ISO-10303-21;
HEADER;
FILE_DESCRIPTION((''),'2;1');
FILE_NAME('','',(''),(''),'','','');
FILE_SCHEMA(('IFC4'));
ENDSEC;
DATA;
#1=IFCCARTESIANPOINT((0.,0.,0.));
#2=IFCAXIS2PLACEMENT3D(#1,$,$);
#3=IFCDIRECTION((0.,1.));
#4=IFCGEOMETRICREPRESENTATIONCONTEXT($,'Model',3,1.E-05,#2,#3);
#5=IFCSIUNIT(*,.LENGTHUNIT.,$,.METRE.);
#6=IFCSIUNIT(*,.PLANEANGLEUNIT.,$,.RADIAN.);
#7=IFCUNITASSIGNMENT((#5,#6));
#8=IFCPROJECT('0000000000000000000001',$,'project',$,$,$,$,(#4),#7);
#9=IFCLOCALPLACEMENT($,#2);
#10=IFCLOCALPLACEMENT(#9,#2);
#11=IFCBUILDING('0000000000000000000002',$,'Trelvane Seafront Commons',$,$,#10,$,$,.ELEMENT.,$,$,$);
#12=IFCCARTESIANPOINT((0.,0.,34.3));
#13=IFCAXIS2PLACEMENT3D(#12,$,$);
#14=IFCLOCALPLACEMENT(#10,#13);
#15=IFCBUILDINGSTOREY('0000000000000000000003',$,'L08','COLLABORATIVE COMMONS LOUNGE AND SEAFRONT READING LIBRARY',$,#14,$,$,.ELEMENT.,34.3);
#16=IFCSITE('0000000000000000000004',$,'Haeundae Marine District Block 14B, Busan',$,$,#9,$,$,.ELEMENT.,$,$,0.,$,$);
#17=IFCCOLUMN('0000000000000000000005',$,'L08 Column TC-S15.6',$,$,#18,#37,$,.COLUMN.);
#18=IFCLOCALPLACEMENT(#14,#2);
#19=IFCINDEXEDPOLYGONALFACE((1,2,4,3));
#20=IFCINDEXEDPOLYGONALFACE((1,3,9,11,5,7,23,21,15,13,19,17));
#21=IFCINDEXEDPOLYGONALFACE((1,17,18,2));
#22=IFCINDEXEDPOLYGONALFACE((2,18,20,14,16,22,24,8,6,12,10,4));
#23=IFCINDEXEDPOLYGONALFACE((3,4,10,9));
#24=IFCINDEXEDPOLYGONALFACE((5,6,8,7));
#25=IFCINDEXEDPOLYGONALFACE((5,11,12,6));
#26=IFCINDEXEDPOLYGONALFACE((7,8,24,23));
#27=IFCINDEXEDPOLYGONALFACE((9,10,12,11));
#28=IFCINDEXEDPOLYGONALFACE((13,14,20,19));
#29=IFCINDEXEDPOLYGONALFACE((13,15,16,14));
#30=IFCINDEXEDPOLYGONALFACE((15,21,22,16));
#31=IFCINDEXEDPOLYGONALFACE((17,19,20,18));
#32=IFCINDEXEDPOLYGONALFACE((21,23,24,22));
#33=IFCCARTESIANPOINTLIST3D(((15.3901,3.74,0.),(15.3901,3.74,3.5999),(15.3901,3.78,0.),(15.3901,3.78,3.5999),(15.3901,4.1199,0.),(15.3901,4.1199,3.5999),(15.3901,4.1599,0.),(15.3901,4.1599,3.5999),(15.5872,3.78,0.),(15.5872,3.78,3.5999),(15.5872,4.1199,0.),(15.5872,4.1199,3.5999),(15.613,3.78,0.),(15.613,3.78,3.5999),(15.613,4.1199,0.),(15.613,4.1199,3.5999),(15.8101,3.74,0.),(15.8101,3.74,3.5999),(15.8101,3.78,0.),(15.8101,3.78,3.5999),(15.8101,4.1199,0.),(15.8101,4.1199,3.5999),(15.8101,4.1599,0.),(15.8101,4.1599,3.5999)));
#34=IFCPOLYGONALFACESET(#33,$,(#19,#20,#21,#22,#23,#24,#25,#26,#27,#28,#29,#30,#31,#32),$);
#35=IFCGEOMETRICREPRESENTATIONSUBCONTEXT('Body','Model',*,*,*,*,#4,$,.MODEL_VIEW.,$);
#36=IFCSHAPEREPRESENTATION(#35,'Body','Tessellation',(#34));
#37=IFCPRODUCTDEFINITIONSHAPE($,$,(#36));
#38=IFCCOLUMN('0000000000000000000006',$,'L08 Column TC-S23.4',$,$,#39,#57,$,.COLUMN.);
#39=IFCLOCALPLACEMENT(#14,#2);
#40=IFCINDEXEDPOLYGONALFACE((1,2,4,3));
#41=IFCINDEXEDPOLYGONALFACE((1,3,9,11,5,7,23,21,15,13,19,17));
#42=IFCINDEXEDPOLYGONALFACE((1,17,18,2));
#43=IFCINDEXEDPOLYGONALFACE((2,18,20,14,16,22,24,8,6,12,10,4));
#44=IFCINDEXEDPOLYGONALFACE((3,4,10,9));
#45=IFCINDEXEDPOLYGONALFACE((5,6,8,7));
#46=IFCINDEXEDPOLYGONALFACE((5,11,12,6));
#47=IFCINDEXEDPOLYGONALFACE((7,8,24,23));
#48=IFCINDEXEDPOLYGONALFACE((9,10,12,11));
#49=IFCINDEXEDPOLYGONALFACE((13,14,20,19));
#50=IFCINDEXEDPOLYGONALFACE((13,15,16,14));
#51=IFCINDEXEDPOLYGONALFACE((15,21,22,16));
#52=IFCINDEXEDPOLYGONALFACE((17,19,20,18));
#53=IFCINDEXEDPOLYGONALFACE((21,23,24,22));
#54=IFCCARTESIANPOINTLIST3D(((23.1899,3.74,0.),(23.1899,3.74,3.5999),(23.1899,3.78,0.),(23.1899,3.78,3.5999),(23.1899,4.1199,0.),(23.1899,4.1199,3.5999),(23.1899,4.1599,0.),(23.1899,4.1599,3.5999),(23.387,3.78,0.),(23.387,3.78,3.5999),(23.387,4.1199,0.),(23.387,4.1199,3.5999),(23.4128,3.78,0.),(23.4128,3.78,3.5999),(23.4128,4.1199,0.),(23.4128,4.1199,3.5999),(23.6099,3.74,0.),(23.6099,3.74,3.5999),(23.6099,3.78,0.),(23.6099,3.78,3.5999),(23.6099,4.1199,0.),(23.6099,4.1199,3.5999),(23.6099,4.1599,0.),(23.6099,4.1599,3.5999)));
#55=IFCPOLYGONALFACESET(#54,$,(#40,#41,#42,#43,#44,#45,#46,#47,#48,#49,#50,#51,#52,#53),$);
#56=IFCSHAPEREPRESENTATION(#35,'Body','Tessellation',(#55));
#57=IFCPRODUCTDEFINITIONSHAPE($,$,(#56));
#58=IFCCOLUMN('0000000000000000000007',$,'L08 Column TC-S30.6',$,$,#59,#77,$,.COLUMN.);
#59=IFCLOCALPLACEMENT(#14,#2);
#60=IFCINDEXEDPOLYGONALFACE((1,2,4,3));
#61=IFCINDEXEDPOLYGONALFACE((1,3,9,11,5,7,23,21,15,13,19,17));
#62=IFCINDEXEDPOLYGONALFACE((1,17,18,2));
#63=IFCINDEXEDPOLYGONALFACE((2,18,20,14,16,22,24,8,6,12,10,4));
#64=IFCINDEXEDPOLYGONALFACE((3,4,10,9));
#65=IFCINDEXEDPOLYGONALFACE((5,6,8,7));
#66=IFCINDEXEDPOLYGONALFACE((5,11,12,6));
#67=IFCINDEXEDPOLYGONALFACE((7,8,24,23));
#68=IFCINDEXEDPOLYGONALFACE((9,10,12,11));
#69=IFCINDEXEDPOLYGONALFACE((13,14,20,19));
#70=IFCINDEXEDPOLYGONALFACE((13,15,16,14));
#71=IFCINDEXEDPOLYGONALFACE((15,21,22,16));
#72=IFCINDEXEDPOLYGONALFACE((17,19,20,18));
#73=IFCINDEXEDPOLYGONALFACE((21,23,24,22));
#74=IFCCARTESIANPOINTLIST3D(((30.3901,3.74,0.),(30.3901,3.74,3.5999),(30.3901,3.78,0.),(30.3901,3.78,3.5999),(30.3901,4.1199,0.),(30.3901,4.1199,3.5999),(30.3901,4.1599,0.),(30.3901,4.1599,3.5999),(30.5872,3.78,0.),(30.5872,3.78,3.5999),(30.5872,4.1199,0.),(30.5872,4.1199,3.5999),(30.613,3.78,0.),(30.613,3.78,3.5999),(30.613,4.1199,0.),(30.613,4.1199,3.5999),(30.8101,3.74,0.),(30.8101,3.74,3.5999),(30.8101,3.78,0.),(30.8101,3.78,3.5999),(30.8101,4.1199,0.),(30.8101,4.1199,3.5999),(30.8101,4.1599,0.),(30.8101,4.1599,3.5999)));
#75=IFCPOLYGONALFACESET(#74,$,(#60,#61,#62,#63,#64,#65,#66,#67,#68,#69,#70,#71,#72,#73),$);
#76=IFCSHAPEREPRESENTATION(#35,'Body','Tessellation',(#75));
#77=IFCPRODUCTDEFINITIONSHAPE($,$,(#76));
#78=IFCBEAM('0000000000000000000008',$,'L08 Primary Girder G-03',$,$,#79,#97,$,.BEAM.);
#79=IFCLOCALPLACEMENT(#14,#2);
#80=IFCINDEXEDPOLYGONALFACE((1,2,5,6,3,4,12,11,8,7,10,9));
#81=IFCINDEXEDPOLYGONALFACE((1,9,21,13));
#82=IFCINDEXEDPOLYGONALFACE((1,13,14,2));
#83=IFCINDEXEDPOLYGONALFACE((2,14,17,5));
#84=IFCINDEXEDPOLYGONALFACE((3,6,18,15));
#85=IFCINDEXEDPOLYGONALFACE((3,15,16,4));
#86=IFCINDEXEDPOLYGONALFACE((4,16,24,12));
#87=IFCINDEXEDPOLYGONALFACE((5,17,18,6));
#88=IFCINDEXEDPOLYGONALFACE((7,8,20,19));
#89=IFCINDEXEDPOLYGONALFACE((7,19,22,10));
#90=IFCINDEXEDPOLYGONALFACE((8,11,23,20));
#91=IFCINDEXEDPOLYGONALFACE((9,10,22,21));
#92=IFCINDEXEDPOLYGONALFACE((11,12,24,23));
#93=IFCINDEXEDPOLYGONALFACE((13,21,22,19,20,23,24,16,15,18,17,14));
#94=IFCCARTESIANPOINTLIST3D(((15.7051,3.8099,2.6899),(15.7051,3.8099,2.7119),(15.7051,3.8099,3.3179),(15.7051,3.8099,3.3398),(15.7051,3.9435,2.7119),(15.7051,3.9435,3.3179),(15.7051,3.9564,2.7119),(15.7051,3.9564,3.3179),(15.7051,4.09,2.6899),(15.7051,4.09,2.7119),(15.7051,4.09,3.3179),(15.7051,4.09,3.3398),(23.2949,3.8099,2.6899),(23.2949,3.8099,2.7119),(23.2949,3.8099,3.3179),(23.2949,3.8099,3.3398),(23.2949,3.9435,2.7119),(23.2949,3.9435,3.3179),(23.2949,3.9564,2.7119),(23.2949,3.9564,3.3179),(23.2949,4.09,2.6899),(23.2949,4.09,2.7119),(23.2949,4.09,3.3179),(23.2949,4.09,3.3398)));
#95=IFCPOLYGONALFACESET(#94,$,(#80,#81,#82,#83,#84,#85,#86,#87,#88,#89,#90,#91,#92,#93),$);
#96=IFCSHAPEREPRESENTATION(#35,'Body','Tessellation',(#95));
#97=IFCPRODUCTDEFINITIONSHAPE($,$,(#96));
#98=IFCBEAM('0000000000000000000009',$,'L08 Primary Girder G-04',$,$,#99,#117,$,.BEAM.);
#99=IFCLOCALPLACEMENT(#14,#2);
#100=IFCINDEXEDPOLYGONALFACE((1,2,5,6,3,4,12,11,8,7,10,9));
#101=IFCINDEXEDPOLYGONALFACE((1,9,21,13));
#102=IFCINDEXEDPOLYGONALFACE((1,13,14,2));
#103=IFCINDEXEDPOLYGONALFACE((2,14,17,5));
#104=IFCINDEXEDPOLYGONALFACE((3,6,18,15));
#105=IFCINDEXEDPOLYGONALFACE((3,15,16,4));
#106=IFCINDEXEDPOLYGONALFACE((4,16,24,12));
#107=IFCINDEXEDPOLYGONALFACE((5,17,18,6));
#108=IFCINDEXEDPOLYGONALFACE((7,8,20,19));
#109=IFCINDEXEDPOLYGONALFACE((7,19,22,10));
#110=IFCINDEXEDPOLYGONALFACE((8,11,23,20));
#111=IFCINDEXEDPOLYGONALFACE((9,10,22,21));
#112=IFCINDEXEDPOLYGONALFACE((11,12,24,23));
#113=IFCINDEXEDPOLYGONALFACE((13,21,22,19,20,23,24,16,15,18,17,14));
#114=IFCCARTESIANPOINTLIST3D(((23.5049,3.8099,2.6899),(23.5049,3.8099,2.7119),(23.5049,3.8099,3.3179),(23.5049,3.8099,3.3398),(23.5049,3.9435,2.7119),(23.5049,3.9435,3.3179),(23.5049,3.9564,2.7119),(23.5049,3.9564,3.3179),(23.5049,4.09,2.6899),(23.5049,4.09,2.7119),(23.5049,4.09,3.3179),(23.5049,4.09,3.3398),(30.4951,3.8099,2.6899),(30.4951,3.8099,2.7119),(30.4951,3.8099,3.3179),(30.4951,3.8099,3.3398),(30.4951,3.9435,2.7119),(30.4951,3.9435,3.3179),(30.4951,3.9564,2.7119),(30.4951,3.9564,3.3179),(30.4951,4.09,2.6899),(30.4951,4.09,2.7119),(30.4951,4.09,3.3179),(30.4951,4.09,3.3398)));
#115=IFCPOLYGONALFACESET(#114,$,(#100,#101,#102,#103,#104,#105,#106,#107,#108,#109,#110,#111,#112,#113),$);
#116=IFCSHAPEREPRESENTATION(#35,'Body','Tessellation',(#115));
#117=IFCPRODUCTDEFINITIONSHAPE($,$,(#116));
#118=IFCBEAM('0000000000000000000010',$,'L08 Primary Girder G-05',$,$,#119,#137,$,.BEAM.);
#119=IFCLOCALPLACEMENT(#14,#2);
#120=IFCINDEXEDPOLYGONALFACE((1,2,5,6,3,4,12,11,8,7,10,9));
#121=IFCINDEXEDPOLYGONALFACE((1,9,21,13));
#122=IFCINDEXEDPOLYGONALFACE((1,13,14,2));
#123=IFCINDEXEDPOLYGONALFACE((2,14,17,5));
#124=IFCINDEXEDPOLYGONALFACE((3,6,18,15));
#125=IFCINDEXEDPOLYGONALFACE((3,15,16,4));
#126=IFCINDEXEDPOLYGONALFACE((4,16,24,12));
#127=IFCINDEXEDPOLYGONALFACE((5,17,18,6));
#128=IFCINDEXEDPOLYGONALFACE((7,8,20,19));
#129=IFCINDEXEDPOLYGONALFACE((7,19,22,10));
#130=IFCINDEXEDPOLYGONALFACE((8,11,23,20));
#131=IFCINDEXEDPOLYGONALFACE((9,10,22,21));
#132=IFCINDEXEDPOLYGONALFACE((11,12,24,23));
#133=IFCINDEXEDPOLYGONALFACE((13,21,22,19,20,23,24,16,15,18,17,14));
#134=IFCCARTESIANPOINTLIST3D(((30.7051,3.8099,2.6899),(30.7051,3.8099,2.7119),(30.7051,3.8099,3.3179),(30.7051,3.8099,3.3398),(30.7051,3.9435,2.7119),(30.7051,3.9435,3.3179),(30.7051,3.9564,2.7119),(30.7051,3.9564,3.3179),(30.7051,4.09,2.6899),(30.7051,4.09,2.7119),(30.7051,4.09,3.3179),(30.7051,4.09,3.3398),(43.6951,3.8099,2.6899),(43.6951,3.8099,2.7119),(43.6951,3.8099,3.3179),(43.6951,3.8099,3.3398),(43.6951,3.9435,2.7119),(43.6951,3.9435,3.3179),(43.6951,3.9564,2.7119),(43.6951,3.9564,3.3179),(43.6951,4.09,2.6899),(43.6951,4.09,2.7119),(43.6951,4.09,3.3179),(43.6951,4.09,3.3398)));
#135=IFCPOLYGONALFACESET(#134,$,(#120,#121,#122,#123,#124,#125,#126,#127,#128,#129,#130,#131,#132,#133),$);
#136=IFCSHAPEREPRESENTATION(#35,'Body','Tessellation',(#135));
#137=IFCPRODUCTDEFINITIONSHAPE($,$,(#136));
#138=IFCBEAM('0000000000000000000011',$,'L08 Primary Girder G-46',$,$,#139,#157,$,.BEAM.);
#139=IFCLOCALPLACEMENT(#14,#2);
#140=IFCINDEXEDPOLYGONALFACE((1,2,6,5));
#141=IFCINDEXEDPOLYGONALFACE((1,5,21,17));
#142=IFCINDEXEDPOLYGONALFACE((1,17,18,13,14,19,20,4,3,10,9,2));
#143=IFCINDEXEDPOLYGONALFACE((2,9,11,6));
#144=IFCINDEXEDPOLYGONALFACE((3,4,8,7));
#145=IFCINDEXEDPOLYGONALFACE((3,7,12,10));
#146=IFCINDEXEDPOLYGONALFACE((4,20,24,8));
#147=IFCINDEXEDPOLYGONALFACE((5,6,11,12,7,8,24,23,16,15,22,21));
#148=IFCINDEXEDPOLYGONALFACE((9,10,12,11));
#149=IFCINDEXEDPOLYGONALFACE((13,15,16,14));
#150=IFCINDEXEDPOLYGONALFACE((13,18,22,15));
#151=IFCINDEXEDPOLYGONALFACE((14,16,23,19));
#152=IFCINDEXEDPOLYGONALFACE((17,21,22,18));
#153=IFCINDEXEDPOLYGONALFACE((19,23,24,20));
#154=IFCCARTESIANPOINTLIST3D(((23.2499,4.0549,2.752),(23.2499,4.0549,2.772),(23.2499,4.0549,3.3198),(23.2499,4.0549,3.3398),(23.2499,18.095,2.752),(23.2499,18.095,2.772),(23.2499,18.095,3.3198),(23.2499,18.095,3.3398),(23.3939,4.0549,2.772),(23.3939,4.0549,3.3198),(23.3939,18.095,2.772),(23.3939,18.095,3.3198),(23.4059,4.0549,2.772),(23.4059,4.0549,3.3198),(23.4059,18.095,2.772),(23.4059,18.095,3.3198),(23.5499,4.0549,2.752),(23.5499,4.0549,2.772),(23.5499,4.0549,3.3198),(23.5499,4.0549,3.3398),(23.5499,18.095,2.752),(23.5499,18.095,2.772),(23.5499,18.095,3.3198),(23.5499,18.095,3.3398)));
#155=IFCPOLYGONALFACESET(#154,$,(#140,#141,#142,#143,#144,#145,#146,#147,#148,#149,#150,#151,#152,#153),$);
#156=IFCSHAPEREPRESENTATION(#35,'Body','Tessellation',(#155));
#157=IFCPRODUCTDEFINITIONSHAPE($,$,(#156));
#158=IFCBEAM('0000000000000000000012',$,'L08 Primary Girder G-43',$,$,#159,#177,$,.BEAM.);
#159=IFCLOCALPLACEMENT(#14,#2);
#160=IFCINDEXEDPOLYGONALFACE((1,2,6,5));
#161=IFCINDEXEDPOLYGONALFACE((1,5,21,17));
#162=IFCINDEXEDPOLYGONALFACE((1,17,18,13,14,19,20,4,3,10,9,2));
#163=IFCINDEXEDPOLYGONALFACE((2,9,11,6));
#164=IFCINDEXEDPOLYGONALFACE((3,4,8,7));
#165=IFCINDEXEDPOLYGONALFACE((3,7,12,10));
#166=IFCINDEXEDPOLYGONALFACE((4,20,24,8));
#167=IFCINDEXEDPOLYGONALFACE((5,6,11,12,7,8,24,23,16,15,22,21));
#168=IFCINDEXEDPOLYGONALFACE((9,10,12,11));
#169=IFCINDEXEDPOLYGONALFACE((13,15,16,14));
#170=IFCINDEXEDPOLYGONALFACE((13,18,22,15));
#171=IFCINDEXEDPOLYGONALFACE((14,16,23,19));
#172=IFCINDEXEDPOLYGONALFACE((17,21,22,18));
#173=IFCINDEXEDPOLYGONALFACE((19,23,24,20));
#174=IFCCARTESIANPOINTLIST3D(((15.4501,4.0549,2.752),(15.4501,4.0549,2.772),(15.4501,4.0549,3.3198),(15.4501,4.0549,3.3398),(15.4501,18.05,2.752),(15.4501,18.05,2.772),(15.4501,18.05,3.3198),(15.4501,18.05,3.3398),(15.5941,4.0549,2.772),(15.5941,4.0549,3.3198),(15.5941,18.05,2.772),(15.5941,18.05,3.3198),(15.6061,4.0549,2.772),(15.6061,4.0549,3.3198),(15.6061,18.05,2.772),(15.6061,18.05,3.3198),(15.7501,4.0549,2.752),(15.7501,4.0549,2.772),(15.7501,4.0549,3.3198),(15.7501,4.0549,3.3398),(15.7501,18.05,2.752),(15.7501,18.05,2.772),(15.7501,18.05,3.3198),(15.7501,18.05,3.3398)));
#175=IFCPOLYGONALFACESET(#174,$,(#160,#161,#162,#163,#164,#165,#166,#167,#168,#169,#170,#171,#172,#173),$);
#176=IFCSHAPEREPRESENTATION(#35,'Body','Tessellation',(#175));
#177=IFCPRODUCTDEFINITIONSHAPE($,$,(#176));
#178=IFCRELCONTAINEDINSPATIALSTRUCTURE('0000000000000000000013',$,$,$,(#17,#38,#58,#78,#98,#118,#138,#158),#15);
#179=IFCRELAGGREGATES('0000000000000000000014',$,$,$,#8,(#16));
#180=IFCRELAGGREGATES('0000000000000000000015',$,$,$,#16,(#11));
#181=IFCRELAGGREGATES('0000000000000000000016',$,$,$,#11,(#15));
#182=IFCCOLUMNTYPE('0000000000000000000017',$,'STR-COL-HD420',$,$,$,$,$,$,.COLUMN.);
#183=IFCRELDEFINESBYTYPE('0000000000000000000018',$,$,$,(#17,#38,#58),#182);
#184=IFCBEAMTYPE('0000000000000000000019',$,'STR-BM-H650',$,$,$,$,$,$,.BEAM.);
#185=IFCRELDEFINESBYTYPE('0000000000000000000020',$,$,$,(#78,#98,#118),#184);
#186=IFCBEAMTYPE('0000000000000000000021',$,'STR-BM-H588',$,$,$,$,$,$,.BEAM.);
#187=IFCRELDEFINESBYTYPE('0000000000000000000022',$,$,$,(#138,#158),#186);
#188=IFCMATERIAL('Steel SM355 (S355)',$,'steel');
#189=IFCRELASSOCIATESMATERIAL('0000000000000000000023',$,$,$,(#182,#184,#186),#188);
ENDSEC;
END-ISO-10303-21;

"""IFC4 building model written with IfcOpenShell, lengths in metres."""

from ifc_helpers import new_model, si_unit, direction, frame, origin, origin_2d, place, context, subcontext, project, spatial, i_section, extrude, source, transform, mapped, material, material_profile, profile_set, type_object, element, save


model = new_model("IFC4")

# Units and contexts
model_context = context("Model", 3, precision=1e-05, world=origin(), true_north=direction((0.0, 1.0)))
body_context = subcontext(model_context, "Body", "Model", "MODEL_VIEW")
ifc_project = project(units=[si_unit("LENGTHUNIT", "METRE"), si_unit("PLANEANGLEUNIT", "RADIAN")], contexts=[model_context])

# Site, building, storey
site_placement = place(None, origin())
site = spatial("IfcSite", under=ifc_project, at=site_placement, Name="Haeundae Marine District Block 14B, Busan", CompositionType="ELEMENT", RefElevation=0.0)
building_placement = place(site_placement, origin())
building = spatial("IfcBuilding", under=site, at=building_placement, Name="Trelvane Seafront Commons", CompositionType="ELEMENT")
storey_placement = place(building_placement, frame((0.0, 0.0, 34.3)))
storey = spatial("IfcBuildingStorey", under=building, at=storey_placement, Name="L08", Description="COLLABORATIVE COMMONS LOUNGE AND SEAFRONT READING LIBRARY", CompositionType="ELEMENT", Elevation=34.3)

# Columns
ifc_material_1 = material(Name="Steel SM355 (S355)", Category="steel")
ifc_material_profile_1 = material_profile(ifc_material_1, i_section(OverallWidth=0.4199, OverallDepth=0.4199, WebThickness=0.0259, FlangeThickness=0.04, at=origin_2d()), Name="HD-420x420x26x40")
ifc_profile_set_1 = profile_set([ifc_material_profile_1], Name="Steel SM355 (S355)")
column_type = type_object("IfcColumnType", Name="STR-COL-HD420", PredefinedType="COLUMN", material=ifc_profile_set_1)
shared_shape_1 = source(origin(), body_context, "Body", "SweptSolid", [
    extrude(i_section(OverallWidth=0.4199, OverallDepth=0.4199, WebThickness=0.0259, FlangeThickness=0.04, at=origin_2d()), origin(), (0.0, 0.0, 1.0), 3.5999),
])
for number, where, z_axis, x_axis, name in (
    (1, (15.6001, 3.95, 0.0), (0.0, 0.0, 1.0), (1.0, 0.0, 0.0), "L08 Column TC-S15.6"),
    (2, (23.3999, 3.95, 0.0), (0.0, 0.0, 1.0), (1.0, 0.0, 0.0), "L08 Column TC-S23.4"),
    (3, (30.6001, 3.95, 0.0), (0.0, 0.0, 1.0), (1.0, 0.0, 0.0), "L08 Column TC-S30.6"),
):
    element("IfcColumn", number, at=place(storey_placement, frame(where, z_axis=z_axis, x_axis=x_axis)), inside=storey, type_object=column_type, Name=name, PredefinedType="COLUMN", context=body_context, shape_type="MappedRepresentation", body=[
        mapped(shared_shape_1, transform((0.0, 0.0, 0.0), x_axis=(1.0, 0.0, 0.0), y_axis=(0.0, 1.0, 0.0), z_axis=(0.0, 0.0, 1.0), scale=1.0)),
    ])

# Beams
ifc_material_profile_2 = material_profile(ifc_material_1, i_section(OverallWidth=0.28, OverallDepth=0.6499, WebThickness=0.0129, FlangeThickness=0.022, at=origin_2d()), Name="H-650x280x13x22")
ifc_profile_set_2 = profile_set([ifc_material_profile_2], Name="Steel SM355 (S355)")
beam_type_1 = type_object("IfcBeamType", Name="STR-BM-H650", PredefinedType="BEAM", material=ifc_profile_set_2)
shared_shape_2 = source(origin(), body_context, "Body", "SweptSolid", [
    extrude(i_section(OverallWidth=0.28, OverallDepth=0.6499, WebThickness=0.0129, FlangeThickness=0.022, at=origin_2d()), origin(), (0.0, 0.0, 1.0), 7.5898),
])
beam_1_placement = place(storey_placement, frame((15.7051, 3.95, 3.0149), z_axis=(1.0, 0.0, 0.0), x_axis=(0.0, 1.0, 0.0)))
element("IfcBeam", 4, at=beam_1_placement, inside=storey, type_object=beam_type_1, Name="L08 Primary Girder G-03", PredefinedType="BEAM", context=body_context, shape_type="MappedRepresentation", body=[
    mapped(shared_shape_2, transform((0.0, 0.0, 0.0), x_axis=(1.0, 0.0, 0.0), y_axis=(0.0, 1.0, 0.0), z_axis=(0.0, 0.0, 1.0), scale=1.0)),
])
shared_shape_3 = source(origin(), body_context, "Body", "SweptSolid", [
    extrude(i_section(OverallWidth=0.28, OverallDepth=0.6499, WebThickness=0.0129, FlangeThickness=0.022, at=origin_2d()), origin(), (0.0, 0.0, 1.0), 6.9902),
])
beam_2_placement = place(storey_placement, frame((23.5049, 3.95, 3.0149), z_axis=(1.0, 0.0, 0.0), x_axis=(0.0, 1.0, 0.0)))
element("IfcBeam", 5, at=beam_2_placement, inside=storey, type_object=beam_type_1, Name="L08 Primary Girder G-04", PredefinedType="BEAM", context=body_context, shape_type="MappedRepresentation", body=[
    mapped(shared_shape_3, transform((0.0, 0.0, 0.0), x_axis=(1.0, 0.0, 0.0), y_axis=(0.0, 1.0, 0.0), z_axis=(0.0, 0.0, 1.0), scale=1.0)),
])
shared_shape_4 = source(origin(), body_context, "Body", "SweptSolid", [
    extrude(i_section(OverallWidth=0.28, OverallDepth=0.6499, WebThickness=0.0129, FlangeThickness=0.022, at=origin_2d()), origin(), (0.0, 0.0, 1.0), 12.99),
])
beam_3_placement = place(storey_placement, frame((30.7051, 3.95, 3.0149), z_axis=(1.0, 0.0, 0.0), x_axis=(0.0, 1.0, 0.0)))
element("IfcBeam", 6, at=beam_3_placement, inside=storey, type_object=beam_type_1, Name="L08 Primary Girder G-05", PredefinedType="BEAM", context=body_context, shape_type="MappedRepresentation", body=[
    mapped(shared_shape_4, transform((0.0, 0.0, 0.0), x_axis=(1.0, 0.0, 0.0), y_axis=(0.0, 1.0, 0.0), z_axis=(0.0, 0.0, 1.0), scale=1.0)),
])
ifc_material_profile_3 = material_profile(ifc_material_1, i_section(OverallWidth=0.3, OverallDepth=0.5879, WebThickness=0.012, FlangeThickness=0.02, at=origin_2d()), Name="H-588x300x12x20")
ifc_profile_set_3 = profile_set([ifc_material_profile_3], Name="Steel SM355 (S355)")
beam_type_2 = type_object("IfcBeamType", Name="STR-BM-H588", PredefinedType="BEAM", material=ifc_profile_set_3)
shared_shape_5 = source(origin(), body_context, "Body", "SweptSolid", [
    extrude(i_section(OverallWidth=0.3, OverallDepth=0.5879, WebThickness=0.012, FlangeThickness=0.02, at=origin_2d()), origin(), (0.0, 0.0, 1.0), 14.04),
])
beam_4_placement = place(storey_placement, frame((23.3999, 4.0549, 3.0459), z_axis=(0.0, 1.0, 0.0), x_axis=(-1.0, 0.0, 0.0)))
element("IfcBeam", 7, at=beam_4_placement, inside=storey, type_object=beam_type_2, Name="L08 Primary Girder G-46", PredefinedType="BEAM", context=body_context, shape_type="MappedRepresentation", body=[
    mapped(shared_shape_5, transform((0.0, 0.0, 0.0), x_axis=(1.0, 0.0, 0.0), y_axis=(0.0, 1.0, 0.0), z_axis=(0.0, 0.0, 1.0), scale=1.0)),
])
shared_shape_6 = source(origin(), body_context, "Body", "SweptSolid", [
    extrude(i_section(OverallWidth=0.3, OverallDepth=0.5879, WebThickness=0.012, FlangeThickness=0.02, at=origin_2d()), origin(), (0.0, 0.0, 1.0), 13.9951),
])
for number, where, z_axis, x_axis, name in (
    (8, (15.6001, 4.0549, 3.0459), (0.0, 1.0, 0.0), (-1.0, 0.0, 0.0), "L08 Primary Girder G-43"),
):
    element("IfcBeam", number, at=place(storey_placement, frame(where, z_axis=z_axis, x_axis=x_axis)), inside=storey, type_object=beam_type_2, Name=name, PredefinedType="BEAM", context=body_context, shape_type="MappedRepresentation", body=[
        mapped(shared_shape_6, transform((0.0, 0.0, 0.0), x_axis=(1.0, 0.0, 0.0), y_axis=(0.0, 1.0, 0.0), z_axis=(0.0, 0.0, 1.0), scale=1.0)),
    ])

save(model, "model.ifc")
